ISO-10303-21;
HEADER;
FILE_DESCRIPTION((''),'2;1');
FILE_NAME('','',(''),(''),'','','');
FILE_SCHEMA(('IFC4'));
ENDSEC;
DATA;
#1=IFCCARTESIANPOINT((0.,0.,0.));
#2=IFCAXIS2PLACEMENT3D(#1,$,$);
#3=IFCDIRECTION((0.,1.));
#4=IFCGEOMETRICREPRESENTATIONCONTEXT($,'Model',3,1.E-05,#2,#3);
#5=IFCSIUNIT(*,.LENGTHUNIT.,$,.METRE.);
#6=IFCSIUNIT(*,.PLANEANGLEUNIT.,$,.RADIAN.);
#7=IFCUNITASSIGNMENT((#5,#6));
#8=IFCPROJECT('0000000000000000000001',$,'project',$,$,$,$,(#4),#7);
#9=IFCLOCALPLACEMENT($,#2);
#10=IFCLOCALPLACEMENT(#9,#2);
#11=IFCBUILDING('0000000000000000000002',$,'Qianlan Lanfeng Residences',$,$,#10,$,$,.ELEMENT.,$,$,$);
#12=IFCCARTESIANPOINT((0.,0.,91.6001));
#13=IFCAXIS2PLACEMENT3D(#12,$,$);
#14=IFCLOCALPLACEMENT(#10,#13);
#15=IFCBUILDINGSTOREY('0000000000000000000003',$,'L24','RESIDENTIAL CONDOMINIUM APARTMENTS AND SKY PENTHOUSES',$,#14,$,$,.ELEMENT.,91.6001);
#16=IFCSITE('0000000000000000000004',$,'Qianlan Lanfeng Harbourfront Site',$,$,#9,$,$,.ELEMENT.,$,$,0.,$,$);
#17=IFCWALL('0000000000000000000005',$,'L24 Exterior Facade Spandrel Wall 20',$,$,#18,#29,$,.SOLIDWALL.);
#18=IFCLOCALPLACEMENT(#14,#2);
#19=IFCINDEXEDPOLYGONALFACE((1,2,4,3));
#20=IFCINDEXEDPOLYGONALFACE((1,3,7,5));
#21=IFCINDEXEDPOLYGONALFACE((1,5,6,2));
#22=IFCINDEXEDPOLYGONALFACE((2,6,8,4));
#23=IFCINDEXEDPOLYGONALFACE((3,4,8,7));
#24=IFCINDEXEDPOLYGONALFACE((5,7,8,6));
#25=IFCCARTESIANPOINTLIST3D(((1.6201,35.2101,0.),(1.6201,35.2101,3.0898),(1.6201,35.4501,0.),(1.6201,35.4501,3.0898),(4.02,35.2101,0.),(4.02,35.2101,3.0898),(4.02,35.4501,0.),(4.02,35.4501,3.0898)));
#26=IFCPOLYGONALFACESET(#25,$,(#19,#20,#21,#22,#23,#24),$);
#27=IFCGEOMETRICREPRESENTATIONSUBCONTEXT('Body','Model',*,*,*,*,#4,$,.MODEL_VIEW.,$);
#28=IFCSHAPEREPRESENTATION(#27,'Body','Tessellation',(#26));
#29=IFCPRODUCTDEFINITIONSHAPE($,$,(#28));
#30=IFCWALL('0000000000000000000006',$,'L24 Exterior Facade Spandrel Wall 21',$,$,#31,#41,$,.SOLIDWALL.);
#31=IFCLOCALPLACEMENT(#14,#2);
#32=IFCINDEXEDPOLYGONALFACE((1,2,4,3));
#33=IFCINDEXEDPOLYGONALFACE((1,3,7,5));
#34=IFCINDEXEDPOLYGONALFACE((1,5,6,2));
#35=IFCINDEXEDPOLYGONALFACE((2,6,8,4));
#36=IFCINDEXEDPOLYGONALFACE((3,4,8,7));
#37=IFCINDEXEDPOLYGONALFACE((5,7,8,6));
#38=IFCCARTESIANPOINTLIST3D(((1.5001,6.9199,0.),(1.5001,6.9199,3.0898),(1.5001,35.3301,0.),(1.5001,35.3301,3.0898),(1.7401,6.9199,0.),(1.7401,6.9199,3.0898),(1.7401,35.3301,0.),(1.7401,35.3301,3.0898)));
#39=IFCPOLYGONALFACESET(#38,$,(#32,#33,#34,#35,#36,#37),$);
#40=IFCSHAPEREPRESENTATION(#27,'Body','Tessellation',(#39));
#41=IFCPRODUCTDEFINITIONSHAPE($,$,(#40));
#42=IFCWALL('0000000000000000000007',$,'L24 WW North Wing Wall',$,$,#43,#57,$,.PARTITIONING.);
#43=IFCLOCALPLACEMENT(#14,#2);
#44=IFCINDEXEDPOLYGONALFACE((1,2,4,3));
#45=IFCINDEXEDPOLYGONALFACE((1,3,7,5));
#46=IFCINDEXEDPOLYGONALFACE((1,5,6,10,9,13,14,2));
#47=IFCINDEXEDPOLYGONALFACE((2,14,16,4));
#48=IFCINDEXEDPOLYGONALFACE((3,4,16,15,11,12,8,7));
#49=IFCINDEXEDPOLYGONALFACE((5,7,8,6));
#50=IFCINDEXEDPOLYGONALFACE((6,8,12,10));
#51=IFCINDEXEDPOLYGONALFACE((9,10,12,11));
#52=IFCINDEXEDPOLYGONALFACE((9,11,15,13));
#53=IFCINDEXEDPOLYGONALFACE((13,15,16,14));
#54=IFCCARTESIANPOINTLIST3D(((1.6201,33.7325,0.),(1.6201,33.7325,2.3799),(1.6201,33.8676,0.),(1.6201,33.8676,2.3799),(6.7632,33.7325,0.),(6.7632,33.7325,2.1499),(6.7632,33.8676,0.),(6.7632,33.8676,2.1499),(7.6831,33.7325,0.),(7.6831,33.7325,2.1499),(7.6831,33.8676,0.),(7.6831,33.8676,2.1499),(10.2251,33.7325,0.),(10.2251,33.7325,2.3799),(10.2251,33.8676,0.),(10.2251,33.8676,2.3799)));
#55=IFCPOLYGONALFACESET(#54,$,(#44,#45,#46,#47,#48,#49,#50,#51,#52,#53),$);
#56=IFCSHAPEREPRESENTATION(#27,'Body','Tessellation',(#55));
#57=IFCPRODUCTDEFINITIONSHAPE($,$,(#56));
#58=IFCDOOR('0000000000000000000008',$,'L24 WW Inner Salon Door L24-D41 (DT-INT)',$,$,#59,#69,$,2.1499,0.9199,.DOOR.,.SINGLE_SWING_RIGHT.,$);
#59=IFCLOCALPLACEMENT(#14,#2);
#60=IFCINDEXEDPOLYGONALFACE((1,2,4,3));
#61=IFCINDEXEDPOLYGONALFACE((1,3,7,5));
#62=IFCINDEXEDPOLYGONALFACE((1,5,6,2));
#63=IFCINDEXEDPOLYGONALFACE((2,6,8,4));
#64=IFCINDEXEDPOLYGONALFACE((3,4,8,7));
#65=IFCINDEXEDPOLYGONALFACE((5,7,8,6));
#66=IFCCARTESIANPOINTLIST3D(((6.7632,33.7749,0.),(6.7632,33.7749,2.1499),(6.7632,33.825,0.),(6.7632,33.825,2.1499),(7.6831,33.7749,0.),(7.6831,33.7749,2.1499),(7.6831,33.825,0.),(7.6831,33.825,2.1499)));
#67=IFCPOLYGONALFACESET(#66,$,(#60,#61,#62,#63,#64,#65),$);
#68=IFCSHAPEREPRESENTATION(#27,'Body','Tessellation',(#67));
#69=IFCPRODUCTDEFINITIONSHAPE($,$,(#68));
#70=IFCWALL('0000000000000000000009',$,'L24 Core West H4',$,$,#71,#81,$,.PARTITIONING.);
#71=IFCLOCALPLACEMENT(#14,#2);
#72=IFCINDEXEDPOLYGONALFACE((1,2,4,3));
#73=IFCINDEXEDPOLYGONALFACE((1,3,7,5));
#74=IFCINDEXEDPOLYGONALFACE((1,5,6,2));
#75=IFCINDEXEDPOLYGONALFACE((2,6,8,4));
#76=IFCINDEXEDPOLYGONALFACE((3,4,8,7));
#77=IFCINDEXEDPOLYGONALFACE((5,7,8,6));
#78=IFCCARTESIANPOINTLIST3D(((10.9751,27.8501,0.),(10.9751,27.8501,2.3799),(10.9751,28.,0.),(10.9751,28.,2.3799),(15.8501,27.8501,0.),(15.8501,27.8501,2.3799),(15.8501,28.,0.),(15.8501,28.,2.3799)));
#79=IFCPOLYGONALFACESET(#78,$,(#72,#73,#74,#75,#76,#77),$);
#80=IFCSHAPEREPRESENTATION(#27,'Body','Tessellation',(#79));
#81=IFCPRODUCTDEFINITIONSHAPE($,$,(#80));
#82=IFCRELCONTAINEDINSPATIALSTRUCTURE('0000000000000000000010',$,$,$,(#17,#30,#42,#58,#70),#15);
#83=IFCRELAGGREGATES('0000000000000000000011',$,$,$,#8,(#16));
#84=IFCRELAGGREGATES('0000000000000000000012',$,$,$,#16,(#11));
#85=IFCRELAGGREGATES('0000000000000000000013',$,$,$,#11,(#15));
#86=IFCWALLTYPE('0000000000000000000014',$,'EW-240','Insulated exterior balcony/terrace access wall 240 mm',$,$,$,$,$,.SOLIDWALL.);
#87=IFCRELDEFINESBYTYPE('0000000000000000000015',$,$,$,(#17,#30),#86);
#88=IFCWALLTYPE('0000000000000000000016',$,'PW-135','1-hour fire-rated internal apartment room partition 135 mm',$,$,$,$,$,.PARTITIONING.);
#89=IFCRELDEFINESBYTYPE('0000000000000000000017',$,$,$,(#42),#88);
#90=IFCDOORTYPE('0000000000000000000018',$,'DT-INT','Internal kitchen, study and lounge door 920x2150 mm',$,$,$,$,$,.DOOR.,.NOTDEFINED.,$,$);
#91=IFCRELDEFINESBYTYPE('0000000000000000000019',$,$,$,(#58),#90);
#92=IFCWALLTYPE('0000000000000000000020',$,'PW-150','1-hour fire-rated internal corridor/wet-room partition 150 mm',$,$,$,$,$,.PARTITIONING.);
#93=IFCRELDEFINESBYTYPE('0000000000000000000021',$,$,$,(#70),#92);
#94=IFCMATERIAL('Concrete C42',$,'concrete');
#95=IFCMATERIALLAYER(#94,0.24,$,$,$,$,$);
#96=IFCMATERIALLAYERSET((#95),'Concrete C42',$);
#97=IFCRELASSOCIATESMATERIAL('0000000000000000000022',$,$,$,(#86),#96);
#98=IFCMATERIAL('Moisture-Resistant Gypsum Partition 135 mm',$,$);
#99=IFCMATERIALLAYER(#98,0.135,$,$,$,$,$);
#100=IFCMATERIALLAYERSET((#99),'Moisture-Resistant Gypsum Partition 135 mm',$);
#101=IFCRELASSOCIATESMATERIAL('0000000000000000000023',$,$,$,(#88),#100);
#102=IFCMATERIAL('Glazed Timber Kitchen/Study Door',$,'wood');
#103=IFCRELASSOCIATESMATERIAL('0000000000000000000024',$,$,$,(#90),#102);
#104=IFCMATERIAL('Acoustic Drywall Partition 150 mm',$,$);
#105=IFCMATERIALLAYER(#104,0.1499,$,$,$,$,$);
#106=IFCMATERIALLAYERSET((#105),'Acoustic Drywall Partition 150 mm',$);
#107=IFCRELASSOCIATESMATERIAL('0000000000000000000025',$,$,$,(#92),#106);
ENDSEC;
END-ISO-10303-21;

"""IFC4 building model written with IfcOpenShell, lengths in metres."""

from ifc_helpers import new_model, si_unit, direction, frame, frame_2d, origin, place, context, subcontext, project, spatial, rectangle, extrude, material, layer, layer_set, type_object, element, fill, save


model = new_model("IFC4")

# Units and contexts
model_context = context("Model", 3, precision=1e-05, world=origin(), true_north=direction((0.0, 1.0)))
body_context = subcontext(model_context, "Body", "Model", "MODEL_VIEW")
ifc_project = project(units=[si_unit("LENGTHUNIT", "METRE"), si_unit("PLANEANGLEUNIT", "RADIAN")], contexts=[model_context])

# Site, building, storey
site_placement = place(None, origin())
site = spatial("IfcSite", under=ifc_project, at=site_placement, Name="Qianlan Lanfeng Harbourfront Site", CompositionType="ELEMENT", RefElevation=0.0)
building_placement = place(site_placement, origin())
building = spatial("IfcBuilding", under=site, at=building_placement, Name="Qianlan Lanfeng Residences", CompositionType="ELEMENT")
storey_placement = place(building_placement, frame((0.0, 0.0, 91.6001)))
storey = spatial("IfcBuildingStorey", under=building, at=storey_placement, Name="L24", Description="RESIDENTIAL CONDOMINIUM APARTMENTS AND SKY PENTHOUSES", CompositionType="ELEMENT", Elevation=91.6001)

# Walls
ifc_material_1 = material(Name="Concrete C42", Category="concrete")
ifc_layer_1 = layer(ifc_material_1, 0.24)
ifc_layer_set_1 = layer_set([ifc_layer_1], Name="Concrete C42")
wall_type_1 = type_object("IfcWallType", Name="EW-240", Description="Insulated exterior balcony/terrace access wall 240 mm", PredefinedType="SOLIDWALL", material=ifc_layer_set_1)
for number, where, z_axis, x_axis, name in (
    (1, (4.02, 35.3301, 0.0), (0.0, 0.0, 1.0), (-1.0, 0.0, 0.0), "L24 Exterior Facade Spandrel Wall 20"),
):
    element("IfcWall", number, at=place(storey_placement, frame(where, z_axis=z_axis, x_axis=x_axis)), inside=storey, type_object=wall_type_1, Name=name, PredefinedType="SOLIDWALL", context=body_context, shape_type="SweptSolid", body=[
        extrude(rectangle(XDim=2.3999, YDim=0.24, at=frame_2d((1.2, 0.0))), origin(), (0.0, 0.0, 1.0), 3.0898),
    ])
wall_1_placement = place(storey_placement, frame((1.6201, 35.3301, 0.0), z_axis=(0.0, 0.0, 1.0), x_axis=(0.0, -1.0, 0.0)))
element("IfcWall", 2, at=wall_1_placement, inside=storey, type_object=wall_type_1, Name="L24 Exterior Facade Spandrel Wall 21", PredefinedType="SOLIDWALL", context=body_context, shape_type="SweptSolid", body=[
    extrude(rectangle(XDim=28.4102, YDim=0.24, at=frame_2d((14.2051, 0.0))), origin(), (0.0, 0.0, 1.0), 3.0898),
])

# Wall, opening, door
ifc_material_2 = material(Name="Moisture-Resistant Gypsum Partition 135 mm")
ifc_layer_2 = layer(ifc_material_2, 0.135)
ifc_layer_set_2 = layer_set([ifc_layer_2], Name="Moisture-Resistant Gypsum Partition 135 mm")
wall_type_2 = type_object("IfcWallType", Name="PW-135", Description="1-hour fire-rated internal apartment room partition 135 mm", PredefinedType="PARTITIONING", material=ifc_layer_set_2)
wall_2_placement = place(storey_placement, frame((1.6201, 33.8, 0.0), z_axis=(0.0, 0.0, 1.0), x_axis=(1.0, 0.0, 0.0)))
wall_2 = element("IfcWall", 3, at=wall_2_placement, inside=storey, type_object=wall_type_2, Name="L24 WW North Wing Wall", PredefinedType="PARTITIONING", context=body_context, shape_type="SweptSolid", body=[
    extrude(rectangle(XDim=8.605, YDim=0.135, at=frame_2d((4.3025, 0.0))), origin(), (0.0, 0.0, 1.0), 2.3799),
])
opening_1_placement = place(wall_2_placement, frame((5.1431, 0.0, 0.0)))
opening_1 = element("IfcOpeningElement", 4, at=opening_1_placement, cuts=wall_2, PredefinedType="OPENING", context=body_context, shape_type="SweptSolid", body=[
    extrude(rectangle(XDim=0.9199, YDim=2.1499, at=frame_2d((0.46, 1.075))), frame((0.0, 0.0776, 0.0), z_axis=(0.0, -1.0, 0.0), x_axis=(1.0, 0.0, 0.0)), (0.0, 0.0, 1.0), 0.155),
])
ifc_material_3 = material(Name="Glazed Timber Kitchen/Study Door", Category="wood")
door_type_1 = type_object("IfcDoorType", Name="DT-INT", Description="Internal kitchen, study and lounge door 920x2150 mm", OperationType="NOTDEFINED", PredefinedType="DOOR", material=ifc_material_3)
door_1_placement = place(opening_1_placement, origin())
door_1 = element("IfcDoor", 5, at=door_1_placement, inside=storey, type_object=door_type_1, Name="L24 WW Inner Salon Door L24-D41 (DT-INT)", OperationType="SINGLE_SWING_RIGHT", OverallHeight=2.1499, OverallWidth=0.9199, PredefinedType="DOOR", context=body_context, shape_type="SweptSolid", body=[
    extrude(rectangle(XDim=0.9199, YDim=2.1499, at=frame_2d((0.46, 1.075))), frame((0.0, 0.0249, 0.0), z_axis=(0.0, -1.0, 0.0), x_axis=(1.0, 0.0, 0.0)), (0.0, 0.0, 1.0), 0.05),
])
fill(opening_1, door_1)

# Wall
ifc_material_4 = material(Name="Acoustic Drywall Partition 150 mm")
ifc_layer_3 = layer(ifc_material_4, 0.1499)
ifc_layer_set_3 = layer_set([ifc_layer_3], Name="Acoustic Drywall Partition 150 mm")
wall_type_3 = type_object("IfcWallType", Name="PW-150", Description="1-hour fire-rated internal corridor/wet-room partition 150 mm", PredefinedType="PARTITIONING", material=ifc_layer_set_3)
wall_3_placement = place(storey_placement, frame((10.9751, 27.925, 0.0), z_axis=(0.0, 0.0, 1.0), x_axis=(1.0, 0.0, 0.0)))
element("IfcWall", 6, at=wall_3_placement, inside=storey, type_object=wall_type_3, Name="L24 Core West H4", PredefinedType="PARTITIONING", context=body_context, shape_type="SweptSolid", body=[
    extrude(rectangle(XDim=4.875, YDim=0.1499, at=frame_2d((2.4375, 0.0))), origin(), (0.0, 0.0, 1.0), 2.3799),
])

save(model, "model.ifc")
